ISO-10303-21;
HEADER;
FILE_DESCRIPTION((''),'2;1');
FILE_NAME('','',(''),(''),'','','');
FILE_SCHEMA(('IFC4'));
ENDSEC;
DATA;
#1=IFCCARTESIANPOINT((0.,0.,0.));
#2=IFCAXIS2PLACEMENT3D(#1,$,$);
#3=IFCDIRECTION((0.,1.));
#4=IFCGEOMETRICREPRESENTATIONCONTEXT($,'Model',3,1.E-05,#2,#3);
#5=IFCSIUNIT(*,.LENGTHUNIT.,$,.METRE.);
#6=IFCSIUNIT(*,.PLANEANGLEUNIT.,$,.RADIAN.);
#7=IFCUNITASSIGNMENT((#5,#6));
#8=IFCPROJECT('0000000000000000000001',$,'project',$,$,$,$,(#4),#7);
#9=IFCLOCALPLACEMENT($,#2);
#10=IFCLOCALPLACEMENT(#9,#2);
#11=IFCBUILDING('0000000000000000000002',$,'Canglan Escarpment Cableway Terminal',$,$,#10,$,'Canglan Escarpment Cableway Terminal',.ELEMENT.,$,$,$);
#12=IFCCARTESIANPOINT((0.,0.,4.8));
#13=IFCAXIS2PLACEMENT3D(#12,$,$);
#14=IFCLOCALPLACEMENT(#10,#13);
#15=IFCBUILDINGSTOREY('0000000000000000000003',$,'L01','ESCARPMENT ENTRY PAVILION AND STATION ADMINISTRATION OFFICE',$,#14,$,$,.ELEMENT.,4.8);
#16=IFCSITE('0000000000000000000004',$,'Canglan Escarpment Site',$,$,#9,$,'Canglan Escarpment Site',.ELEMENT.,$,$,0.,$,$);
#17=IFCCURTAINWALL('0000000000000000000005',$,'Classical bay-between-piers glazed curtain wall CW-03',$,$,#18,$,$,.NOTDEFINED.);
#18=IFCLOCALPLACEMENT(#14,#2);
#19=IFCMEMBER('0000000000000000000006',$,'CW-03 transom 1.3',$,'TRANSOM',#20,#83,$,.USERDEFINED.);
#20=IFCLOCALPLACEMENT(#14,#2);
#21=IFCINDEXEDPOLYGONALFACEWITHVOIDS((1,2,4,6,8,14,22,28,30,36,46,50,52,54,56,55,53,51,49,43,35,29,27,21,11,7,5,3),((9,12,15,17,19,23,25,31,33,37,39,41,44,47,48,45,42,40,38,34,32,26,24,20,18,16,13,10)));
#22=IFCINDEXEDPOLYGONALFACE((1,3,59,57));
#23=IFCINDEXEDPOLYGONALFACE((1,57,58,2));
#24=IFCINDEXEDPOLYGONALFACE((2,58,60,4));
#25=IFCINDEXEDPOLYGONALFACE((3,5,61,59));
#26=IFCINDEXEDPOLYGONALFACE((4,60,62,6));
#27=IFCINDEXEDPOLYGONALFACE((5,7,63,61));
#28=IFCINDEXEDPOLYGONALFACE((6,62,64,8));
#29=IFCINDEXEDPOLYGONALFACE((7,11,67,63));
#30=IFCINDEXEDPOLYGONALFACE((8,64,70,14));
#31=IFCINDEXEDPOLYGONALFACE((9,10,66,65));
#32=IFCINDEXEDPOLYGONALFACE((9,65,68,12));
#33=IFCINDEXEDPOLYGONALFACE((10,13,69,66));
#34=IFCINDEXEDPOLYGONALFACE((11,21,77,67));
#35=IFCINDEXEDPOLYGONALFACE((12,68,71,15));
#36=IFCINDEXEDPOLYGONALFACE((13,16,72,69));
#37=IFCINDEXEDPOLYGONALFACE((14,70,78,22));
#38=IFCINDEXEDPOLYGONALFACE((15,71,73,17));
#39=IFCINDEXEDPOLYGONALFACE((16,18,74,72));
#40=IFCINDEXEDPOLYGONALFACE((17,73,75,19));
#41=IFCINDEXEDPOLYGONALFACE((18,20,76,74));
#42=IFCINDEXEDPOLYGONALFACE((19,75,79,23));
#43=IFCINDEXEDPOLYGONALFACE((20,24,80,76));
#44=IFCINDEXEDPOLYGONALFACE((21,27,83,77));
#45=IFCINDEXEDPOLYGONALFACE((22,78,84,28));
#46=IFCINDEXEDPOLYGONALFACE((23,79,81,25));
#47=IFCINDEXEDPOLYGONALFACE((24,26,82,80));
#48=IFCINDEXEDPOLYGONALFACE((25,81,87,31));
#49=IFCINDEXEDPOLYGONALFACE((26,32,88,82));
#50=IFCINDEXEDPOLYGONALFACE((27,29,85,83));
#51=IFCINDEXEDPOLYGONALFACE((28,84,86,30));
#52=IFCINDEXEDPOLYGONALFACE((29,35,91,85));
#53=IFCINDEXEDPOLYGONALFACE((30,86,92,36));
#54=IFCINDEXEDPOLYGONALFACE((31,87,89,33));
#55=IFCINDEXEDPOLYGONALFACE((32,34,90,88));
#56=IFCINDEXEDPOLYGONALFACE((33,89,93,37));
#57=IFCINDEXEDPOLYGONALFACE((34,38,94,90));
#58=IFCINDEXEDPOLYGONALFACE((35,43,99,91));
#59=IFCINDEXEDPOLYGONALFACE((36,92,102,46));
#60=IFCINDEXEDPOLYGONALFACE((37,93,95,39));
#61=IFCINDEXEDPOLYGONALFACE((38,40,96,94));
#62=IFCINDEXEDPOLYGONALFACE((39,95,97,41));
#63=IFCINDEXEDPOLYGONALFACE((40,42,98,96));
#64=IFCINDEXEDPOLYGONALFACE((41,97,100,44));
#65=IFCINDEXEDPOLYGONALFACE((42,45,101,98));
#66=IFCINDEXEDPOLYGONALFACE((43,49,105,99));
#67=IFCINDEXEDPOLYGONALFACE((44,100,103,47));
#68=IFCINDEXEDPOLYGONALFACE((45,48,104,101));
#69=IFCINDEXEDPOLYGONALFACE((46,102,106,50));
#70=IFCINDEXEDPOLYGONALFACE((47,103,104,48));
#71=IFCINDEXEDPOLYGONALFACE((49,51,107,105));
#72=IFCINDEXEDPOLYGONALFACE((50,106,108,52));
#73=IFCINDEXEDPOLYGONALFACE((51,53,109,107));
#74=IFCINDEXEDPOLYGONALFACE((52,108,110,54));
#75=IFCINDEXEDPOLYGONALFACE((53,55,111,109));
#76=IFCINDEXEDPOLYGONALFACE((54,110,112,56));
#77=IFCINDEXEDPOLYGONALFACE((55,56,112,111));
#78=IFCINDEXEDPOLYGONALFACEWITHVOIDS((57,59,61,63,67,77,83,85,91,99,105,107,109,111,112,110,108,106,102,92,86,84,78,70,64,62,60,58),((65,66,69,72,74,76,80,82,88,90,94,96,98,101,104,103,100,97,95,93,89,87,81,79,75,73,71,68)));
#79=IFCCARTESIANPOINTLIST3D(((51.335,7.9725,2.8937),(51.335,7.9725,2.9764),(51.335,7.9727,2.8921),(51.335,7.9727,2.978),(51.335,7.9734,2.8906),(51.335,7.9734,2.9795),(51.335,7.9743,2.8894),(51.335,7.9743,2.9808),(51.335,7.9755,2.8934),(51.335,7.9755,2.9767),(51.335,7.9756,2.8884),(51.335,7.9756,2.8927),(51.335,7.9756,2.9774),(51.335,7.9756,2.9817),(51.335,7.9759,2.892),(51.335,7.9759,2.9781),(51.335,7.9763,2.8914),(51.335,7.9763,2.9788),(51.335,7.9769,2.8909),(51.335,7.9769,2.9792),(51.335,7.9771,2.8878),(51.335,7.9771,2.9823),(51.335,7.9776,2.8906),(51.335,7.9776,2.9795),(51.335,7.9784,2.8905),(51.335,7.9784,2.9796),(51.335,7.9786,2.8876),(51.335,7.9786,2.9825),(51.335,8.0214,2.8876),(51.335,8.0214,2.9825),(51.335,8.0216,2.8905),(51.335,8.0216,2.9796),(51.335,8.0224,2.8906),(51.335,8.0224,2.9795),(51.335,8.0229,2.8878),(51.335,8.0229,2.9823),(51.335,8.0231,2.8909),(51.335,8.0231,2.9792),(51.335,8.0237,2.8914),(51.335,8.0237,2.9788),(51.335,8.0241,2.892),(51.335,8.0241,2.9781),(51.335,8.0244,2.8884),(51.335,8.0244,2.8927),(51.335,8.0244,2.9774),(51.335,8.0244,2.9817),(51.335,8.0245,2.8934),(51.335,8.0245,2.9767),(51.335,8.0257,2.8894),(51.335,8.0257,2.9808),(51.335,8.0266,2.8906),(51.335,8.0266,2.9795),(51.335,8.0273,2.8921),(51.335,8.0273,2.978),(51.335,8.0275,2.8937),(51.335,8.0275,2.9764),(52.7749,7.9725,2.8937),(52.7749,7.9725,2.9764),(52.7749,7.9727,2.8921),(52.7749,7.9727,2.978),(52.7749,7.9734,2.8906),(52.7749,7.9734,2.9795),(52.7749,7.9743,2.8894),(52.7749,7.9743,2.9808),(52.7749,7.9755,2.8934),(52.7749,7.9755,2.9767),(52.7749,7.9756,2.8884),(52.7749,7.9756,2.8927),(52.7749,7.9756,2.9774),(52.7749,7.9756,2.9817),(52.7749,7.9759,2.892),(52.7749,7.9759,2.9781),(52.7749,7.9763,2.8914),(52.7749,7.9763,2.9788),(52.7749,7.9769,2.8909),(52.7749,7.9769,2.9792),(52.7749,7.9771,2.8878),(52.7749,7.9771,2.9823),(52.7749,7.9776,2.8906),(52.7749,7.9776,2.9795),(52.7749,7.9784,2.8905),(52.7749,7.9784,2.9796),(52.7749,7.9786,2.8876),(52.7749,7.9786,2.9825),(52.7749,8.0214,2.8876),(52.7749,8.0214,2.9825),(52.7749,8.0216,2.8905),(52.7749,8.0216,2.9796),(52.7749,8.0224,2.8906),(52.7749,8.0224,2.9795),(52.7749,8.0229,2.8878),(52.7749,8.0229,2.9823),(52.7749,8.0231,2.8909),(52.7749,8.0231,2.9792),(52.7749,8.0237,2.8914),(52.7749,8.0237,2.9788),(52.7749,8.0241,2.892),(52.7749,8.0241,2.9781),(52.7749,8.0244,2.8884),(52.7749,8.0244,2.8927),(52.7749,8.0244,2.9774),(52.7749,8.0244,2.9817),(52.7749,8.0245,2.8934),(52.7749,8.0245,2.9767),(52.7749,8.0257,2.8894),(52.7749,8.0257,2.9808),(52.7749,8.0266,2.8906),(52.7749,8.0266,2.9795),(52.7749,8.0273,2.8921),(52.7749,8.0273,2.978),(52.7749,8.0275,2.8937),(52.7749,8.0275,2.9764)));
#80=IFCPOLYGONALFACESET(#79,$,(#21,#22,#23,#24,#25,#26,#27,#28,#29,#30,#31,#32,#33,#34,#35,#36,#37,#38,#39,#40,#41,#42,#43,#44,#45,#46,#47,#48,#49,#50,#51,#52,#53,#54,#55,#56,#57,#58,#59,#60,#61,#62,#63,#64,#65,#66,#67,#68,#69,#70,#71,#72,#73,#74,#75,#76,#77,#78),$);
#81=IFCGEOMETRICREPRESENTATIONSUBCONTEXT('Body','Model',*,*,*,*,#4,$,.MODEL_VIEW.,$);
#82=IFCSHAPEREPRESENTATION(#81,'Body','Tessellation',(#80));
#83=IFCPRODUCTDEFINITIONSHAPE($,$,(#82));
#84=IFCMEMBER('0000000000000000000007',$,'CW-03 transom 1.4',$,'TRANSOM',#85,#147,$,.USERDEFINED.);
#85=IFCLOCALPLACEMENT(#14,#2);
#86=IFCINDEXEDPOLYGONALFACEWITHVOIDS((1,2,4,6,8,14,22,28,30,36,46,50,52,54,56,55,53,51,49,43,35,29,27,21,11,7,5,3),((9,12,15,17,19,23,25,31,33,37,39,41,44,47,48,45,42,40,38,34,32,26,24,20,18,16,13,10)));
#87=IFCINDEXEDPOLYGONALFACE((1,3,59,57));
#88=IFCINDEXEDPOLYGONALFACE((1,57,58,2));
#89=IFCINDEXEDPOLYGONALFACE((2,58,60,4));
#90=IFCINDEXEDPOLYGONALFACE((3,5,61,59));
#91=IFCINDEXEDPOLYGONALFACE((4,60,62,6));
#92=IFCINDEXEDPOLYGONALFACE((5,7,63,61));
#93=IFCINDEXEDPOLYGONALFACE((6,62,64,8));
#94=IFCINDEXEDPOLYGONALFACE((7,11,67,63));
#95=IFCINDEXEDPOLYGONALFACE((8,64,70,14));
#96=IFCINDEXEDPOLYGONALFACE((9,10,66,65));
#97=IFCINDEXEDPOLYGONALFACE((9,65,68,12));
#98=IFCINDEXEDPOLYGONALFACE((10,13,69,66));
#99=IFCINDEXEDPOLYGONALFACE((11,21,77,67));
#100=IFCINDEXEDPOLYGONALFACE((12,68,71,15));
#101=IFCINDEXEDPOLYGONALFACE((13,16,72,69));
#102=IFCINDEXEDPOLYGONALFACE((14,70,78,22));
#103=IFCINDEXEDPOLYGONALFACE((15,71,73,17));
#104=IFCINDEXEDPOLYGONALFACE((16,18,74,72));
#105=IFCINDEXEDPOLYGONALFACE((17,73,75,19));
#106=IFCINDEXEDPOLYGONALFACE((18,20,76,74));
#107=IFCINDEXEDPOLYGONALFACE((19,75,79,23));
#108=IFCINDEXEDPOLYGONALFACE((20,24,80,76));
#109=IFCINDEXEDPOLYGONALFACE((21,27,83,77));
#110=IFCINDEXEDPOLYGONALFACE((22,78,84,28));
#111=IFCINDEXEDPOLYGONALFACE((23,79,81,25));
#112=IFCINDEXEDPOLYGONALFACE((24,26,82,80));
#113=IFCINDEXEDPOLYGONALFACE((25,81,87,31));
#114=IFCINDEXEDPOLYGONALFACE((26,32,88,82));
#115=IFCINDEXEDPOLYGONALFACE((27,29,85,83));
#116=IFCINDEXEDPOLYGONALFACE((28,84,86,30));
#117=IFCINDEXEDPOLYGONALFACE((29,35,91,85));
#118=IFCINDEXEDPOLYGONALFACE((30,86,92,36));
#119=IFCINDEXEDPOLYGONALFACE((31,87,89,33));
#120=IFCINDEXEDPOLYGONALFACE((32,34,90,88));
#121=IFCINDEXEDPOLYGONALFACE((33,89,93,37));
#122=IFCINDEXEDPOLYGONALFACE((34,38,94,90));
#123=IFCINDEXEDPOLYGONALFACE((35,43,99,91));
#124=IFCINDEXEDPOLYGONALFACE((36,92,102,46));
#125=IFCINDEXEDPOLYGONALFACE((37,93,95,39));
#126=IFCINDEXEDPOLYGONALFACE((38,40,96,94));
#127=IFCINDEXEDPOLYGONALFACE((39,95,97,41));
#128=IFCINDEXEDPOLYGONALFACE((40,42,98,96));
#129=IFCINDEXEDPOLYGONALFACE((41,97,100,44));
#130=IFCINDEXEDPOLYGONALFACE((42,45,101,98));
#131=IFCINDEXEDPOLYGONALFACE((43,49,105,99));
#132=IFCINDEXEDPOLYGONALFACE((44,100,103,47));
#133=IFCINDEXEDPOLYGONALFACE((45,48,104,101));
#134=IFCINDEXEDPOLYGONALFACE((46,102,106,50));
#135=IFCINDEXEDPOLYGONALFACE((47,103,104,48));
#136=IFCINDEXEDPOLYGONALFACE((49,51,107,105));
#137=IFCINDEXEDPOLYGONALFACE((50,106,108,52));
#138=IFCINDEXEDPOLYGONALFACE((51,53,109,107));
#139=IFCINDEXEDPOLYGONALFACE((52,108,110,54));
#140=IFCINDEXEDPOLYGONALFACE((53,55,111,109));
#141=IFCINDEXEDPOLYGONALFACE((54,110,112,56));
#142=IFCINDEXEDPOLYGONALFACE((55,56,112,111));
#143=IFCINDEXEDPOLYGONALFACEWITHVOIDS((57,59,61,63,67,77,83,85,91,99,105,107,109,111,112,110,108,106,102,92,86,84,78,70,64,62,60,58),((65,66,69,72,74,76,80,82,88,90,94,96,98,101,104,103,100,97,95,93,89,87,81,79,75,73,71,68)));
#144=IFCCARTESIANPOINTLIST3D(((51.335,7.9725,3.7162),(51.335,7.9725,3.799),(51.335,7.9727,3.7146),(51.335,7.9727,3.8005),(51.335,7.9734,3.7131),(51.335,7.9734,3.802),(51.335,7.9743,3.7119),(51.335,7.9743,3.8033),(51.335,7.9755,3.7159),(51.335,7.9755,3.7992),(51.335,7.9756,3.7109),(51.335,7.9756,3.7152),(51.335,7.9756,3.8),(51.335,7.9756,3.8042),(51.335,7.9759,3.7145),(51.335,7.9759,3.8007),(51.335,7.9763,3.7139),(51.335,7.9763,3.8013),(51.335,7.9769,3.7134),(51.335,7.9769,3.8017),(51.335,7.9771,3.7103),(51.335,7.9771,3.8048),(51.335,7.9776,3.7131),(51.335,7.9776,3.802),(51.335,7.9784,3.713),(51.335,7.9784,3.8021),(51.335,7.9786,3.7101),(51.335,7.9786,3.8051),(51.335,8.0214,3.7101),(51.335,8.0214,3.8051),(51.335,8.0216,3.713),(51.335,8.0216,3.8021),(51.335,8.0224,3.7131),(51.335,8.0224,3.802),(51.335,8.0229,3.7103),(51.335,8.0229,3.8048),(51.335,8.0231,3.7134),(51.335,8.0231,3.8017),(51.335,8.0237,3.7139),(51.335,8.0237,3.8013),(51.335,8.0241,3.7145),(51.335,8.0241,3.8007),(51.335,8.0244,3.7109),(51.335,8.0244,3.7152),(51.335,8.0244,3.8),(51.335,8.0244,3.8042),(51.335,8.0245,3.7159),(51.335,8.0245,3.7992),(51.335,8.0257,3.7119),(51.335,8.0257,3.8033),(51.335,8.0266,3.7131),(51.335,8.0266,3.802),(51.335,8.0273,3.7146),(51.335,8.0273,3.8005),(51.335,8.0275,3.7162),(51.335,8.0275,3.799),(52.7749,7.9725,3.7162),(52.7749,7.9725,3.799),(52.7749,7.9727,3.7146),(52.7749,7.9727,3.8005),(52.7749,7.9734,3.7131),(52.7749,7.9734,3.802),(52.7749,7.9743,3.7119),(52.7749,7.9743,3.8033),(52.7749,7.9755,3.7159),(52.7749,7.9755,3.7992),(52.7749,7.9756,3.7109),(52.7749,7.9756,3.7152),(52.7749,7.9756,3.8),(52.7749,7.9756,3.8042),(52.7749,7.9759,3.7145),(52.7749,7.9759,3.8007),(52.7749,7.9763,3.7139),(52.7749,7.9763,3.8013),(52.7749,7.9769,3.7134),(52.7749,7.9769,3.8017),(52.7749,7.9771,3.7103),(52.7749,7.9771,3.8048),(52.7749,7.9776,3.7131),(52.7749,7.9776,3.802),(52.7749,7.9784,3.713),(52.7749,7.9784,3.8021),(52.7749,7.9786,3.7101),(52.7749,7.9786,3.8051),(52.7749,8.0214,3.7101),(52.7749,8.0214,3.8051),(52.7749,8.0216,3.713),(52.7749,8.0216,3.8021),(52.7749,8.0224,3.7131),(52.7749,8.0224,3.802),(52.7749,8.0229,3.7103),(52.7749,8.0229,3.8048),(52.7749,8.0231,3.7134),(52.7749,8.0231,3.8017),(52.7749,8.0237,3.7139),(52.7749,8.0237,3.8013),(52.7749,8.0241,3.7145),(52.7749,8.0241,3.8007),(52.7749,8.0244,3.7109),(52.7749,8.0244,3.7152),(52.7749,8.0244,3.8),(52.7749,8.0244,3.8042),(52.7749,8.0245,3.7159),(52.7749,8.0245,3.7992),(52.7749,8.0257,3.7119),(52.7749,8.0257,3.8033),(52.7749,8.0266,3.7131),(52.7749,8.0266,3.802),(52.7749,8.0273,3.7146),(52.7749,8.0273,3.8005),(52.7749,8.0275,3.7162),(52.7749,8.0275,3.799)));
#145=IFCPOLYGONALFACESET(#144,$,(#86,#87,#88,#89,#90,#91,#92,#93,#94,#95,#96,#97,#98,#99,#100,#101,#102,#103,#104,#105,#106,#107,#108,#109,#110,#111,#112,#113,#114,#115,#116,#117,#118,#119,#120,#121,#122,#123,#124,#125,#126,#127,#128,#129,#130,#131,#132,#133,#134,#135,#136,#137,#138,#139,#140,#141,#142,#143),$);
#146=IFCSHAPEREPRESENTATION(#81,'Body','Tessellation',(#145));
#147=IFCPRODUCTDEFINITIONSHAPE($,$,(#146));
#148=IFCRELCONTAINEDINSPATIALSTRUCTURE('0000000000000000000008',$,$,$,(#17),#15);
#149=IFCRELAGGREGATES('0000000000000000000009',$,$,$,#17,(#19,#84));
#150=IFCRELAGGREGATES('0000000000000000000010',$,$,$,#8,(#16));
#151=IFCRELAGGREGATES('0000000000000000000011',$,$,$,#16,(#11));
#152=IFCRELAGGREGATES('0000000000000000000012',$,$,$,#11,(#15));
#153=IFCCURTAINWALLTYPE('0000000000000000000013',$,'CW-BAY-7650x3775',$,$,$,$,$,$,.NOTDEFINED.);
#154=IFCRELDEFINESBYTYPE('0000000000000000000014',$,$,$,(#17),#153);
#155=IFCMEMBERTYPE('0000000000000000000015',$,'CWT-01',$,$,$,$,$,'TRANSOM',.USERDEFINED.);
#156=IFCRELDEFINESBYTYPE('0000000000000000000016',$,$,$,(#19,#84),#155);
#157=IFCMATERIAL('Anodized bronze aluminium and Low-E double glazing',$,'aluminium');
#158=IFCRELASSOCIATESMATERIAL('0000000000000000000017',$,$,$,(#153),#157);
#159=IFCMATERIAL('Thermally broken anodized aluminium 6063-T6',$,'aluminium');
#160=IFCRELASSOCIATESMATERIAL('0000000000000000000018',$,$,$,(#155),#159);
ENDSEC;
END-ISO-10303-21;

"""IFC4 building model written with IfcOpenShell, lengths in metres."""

from ifc_helpers import new_model, si_unit, direction, frame, origin, origin_2d, place, context, subcontext, project, spatial, hollow_rectangle, extrude, material, material_profile, profile_set, type_object, element, aggregate, save


model = new_model("IFC4")

# Units and contexts
model_context = context("Model", 3, precision=1e-05, world=origin(), true_north=direction((0.0, 1.0)))
body_context = subcontext(model_context, "Body", "Model", "MODEL_VIEW")
ifc_project = project(units=[si_unit("LENGTHUNIT", "METRE"), si_unit("PLANEANGLEUNIT", "RADIAN")], contexts=[model_context])

# Site, building, storey
site_placement = place(None, origin())
site = spatial("IfcSite", under=ifc_project, at=site_placement, Name="Canglan Escarpment Site", LongName="Canglan Escarpment Site", CompositionType="ELEMENT", RefElevation=0.0)
building_placement = place(site_placement, origin())
building = spatial("IfcBuilding", under=site, at=building_placement, Name="Canglan Escarpment Cableway Terminal", LongName="Canglan Escarpment Cableway Terminal", CompositionType="ELEMENT")
storey_placement = place(building_placement, frame((0.0, 0.0, 4.8)))
storey = spatial("IfcBuildingStorey", under=building, at=storey_placement, Name="L01", Description="ESCARPMENT ENTRY PAVILION AND STATION ADMINISTRATION OFFICE", CompositionType="ELEMENT", Elevation=4.8)

# Curtain wall, members
ifc_material_1 = material(Name="Anodized bronze aluminium and Low-E double glazing", Category="aluminium")
curtain_wall_type = type_object("IfcCurtainWallType", Name="CW-BAY-7650x3775", PredefinedType="NOTDEFINED", material=ifc_material_1)
curtain_wall_placement = place(storey_placement, origin())
curtain_wall = element("IfcCurtainWall", 1, at=curtain_wall_placement, inside=storey, type_object=curtain_wall_type, Name="Classical bay-between-piers glazed curtain wall CW-03", PredefinedType="NOTDEFINED")
ifc_material_2 = material(Name="Thermally broken anodized aluminium 6063-T6", Category="aluminium")
ifc_material_profile_1 = material_profile(ifc_material_2, hollow_rectangle(XDim=0.0549, YDim=0.095, WallThickness=0.0029, InnerFilletRadius=0.0029, OuterFilletRadius=0.0061, at=origin_2d()), Name="ALU-TRAN 55x95x3")
ifc_profile_set_1 = profile_set([ifc_material_profile_1], Name="Thermally broken anodized aluminium 6063-T6")
member_type_1 = type_object("IfcMemberType", Name="CWT-01", ElementType="TRANSOM", PredefinedType="USERDEFINED", material=ifc_profile_set_1)
member_1_placement = place(storey_placement, frame((51.335, 8.0, 2.9351), z_axis=(1.0, 0.0, 0.0), x_axis=(0.0, 1.0, 0.0)))
member_1 = element("IfcMember", 2, at=member_1_placement, type_object=member_type_1, Name="CW-03 transom 1.3", ObjectType="TRANSOM", PredefinedType="USERDEFINED", context=body_context, shape_type="SweptSolid", body=[
    extrude(hollow_rectangle(XDim=0.0549, YDim=0.095, WallThickness=0.0029, InnerFilletRadius=0.0029, OuterFilletRadius=0.0061, at=origin_2d()), origin(), (0.0, 0.0, 1.0), 1.4399),
])
member_2_placement = place(storey_placement, frame((51.335, 8.0, 3.7576), z_axis=(1.0, 0.0, 0.0), x_axis=(0.0, 1.0, 0.0)))
member_2 = element("IfcMember", 3, at=member_2_placement, type_object=member_type_1, Name="CW-03 transom 1.4", ObjectType="TRANSOM", PredefinedType="USERDEFINED", context=body_context, shape_type="SweptSolid", body=[
    extrude(hollow_rectangle(XDim=0.0549, YDim=0.095, WallThickness=0.0029, InnerFilletRadius=0.0029, OuterFilletRadius=0.0061, at=origin_2d()), origin(), (0.0, 0.0, 1.0), 1.4399),
])
aggregate(curtain_wall, [member_1, member_2])

save(model, "model.ifc")
